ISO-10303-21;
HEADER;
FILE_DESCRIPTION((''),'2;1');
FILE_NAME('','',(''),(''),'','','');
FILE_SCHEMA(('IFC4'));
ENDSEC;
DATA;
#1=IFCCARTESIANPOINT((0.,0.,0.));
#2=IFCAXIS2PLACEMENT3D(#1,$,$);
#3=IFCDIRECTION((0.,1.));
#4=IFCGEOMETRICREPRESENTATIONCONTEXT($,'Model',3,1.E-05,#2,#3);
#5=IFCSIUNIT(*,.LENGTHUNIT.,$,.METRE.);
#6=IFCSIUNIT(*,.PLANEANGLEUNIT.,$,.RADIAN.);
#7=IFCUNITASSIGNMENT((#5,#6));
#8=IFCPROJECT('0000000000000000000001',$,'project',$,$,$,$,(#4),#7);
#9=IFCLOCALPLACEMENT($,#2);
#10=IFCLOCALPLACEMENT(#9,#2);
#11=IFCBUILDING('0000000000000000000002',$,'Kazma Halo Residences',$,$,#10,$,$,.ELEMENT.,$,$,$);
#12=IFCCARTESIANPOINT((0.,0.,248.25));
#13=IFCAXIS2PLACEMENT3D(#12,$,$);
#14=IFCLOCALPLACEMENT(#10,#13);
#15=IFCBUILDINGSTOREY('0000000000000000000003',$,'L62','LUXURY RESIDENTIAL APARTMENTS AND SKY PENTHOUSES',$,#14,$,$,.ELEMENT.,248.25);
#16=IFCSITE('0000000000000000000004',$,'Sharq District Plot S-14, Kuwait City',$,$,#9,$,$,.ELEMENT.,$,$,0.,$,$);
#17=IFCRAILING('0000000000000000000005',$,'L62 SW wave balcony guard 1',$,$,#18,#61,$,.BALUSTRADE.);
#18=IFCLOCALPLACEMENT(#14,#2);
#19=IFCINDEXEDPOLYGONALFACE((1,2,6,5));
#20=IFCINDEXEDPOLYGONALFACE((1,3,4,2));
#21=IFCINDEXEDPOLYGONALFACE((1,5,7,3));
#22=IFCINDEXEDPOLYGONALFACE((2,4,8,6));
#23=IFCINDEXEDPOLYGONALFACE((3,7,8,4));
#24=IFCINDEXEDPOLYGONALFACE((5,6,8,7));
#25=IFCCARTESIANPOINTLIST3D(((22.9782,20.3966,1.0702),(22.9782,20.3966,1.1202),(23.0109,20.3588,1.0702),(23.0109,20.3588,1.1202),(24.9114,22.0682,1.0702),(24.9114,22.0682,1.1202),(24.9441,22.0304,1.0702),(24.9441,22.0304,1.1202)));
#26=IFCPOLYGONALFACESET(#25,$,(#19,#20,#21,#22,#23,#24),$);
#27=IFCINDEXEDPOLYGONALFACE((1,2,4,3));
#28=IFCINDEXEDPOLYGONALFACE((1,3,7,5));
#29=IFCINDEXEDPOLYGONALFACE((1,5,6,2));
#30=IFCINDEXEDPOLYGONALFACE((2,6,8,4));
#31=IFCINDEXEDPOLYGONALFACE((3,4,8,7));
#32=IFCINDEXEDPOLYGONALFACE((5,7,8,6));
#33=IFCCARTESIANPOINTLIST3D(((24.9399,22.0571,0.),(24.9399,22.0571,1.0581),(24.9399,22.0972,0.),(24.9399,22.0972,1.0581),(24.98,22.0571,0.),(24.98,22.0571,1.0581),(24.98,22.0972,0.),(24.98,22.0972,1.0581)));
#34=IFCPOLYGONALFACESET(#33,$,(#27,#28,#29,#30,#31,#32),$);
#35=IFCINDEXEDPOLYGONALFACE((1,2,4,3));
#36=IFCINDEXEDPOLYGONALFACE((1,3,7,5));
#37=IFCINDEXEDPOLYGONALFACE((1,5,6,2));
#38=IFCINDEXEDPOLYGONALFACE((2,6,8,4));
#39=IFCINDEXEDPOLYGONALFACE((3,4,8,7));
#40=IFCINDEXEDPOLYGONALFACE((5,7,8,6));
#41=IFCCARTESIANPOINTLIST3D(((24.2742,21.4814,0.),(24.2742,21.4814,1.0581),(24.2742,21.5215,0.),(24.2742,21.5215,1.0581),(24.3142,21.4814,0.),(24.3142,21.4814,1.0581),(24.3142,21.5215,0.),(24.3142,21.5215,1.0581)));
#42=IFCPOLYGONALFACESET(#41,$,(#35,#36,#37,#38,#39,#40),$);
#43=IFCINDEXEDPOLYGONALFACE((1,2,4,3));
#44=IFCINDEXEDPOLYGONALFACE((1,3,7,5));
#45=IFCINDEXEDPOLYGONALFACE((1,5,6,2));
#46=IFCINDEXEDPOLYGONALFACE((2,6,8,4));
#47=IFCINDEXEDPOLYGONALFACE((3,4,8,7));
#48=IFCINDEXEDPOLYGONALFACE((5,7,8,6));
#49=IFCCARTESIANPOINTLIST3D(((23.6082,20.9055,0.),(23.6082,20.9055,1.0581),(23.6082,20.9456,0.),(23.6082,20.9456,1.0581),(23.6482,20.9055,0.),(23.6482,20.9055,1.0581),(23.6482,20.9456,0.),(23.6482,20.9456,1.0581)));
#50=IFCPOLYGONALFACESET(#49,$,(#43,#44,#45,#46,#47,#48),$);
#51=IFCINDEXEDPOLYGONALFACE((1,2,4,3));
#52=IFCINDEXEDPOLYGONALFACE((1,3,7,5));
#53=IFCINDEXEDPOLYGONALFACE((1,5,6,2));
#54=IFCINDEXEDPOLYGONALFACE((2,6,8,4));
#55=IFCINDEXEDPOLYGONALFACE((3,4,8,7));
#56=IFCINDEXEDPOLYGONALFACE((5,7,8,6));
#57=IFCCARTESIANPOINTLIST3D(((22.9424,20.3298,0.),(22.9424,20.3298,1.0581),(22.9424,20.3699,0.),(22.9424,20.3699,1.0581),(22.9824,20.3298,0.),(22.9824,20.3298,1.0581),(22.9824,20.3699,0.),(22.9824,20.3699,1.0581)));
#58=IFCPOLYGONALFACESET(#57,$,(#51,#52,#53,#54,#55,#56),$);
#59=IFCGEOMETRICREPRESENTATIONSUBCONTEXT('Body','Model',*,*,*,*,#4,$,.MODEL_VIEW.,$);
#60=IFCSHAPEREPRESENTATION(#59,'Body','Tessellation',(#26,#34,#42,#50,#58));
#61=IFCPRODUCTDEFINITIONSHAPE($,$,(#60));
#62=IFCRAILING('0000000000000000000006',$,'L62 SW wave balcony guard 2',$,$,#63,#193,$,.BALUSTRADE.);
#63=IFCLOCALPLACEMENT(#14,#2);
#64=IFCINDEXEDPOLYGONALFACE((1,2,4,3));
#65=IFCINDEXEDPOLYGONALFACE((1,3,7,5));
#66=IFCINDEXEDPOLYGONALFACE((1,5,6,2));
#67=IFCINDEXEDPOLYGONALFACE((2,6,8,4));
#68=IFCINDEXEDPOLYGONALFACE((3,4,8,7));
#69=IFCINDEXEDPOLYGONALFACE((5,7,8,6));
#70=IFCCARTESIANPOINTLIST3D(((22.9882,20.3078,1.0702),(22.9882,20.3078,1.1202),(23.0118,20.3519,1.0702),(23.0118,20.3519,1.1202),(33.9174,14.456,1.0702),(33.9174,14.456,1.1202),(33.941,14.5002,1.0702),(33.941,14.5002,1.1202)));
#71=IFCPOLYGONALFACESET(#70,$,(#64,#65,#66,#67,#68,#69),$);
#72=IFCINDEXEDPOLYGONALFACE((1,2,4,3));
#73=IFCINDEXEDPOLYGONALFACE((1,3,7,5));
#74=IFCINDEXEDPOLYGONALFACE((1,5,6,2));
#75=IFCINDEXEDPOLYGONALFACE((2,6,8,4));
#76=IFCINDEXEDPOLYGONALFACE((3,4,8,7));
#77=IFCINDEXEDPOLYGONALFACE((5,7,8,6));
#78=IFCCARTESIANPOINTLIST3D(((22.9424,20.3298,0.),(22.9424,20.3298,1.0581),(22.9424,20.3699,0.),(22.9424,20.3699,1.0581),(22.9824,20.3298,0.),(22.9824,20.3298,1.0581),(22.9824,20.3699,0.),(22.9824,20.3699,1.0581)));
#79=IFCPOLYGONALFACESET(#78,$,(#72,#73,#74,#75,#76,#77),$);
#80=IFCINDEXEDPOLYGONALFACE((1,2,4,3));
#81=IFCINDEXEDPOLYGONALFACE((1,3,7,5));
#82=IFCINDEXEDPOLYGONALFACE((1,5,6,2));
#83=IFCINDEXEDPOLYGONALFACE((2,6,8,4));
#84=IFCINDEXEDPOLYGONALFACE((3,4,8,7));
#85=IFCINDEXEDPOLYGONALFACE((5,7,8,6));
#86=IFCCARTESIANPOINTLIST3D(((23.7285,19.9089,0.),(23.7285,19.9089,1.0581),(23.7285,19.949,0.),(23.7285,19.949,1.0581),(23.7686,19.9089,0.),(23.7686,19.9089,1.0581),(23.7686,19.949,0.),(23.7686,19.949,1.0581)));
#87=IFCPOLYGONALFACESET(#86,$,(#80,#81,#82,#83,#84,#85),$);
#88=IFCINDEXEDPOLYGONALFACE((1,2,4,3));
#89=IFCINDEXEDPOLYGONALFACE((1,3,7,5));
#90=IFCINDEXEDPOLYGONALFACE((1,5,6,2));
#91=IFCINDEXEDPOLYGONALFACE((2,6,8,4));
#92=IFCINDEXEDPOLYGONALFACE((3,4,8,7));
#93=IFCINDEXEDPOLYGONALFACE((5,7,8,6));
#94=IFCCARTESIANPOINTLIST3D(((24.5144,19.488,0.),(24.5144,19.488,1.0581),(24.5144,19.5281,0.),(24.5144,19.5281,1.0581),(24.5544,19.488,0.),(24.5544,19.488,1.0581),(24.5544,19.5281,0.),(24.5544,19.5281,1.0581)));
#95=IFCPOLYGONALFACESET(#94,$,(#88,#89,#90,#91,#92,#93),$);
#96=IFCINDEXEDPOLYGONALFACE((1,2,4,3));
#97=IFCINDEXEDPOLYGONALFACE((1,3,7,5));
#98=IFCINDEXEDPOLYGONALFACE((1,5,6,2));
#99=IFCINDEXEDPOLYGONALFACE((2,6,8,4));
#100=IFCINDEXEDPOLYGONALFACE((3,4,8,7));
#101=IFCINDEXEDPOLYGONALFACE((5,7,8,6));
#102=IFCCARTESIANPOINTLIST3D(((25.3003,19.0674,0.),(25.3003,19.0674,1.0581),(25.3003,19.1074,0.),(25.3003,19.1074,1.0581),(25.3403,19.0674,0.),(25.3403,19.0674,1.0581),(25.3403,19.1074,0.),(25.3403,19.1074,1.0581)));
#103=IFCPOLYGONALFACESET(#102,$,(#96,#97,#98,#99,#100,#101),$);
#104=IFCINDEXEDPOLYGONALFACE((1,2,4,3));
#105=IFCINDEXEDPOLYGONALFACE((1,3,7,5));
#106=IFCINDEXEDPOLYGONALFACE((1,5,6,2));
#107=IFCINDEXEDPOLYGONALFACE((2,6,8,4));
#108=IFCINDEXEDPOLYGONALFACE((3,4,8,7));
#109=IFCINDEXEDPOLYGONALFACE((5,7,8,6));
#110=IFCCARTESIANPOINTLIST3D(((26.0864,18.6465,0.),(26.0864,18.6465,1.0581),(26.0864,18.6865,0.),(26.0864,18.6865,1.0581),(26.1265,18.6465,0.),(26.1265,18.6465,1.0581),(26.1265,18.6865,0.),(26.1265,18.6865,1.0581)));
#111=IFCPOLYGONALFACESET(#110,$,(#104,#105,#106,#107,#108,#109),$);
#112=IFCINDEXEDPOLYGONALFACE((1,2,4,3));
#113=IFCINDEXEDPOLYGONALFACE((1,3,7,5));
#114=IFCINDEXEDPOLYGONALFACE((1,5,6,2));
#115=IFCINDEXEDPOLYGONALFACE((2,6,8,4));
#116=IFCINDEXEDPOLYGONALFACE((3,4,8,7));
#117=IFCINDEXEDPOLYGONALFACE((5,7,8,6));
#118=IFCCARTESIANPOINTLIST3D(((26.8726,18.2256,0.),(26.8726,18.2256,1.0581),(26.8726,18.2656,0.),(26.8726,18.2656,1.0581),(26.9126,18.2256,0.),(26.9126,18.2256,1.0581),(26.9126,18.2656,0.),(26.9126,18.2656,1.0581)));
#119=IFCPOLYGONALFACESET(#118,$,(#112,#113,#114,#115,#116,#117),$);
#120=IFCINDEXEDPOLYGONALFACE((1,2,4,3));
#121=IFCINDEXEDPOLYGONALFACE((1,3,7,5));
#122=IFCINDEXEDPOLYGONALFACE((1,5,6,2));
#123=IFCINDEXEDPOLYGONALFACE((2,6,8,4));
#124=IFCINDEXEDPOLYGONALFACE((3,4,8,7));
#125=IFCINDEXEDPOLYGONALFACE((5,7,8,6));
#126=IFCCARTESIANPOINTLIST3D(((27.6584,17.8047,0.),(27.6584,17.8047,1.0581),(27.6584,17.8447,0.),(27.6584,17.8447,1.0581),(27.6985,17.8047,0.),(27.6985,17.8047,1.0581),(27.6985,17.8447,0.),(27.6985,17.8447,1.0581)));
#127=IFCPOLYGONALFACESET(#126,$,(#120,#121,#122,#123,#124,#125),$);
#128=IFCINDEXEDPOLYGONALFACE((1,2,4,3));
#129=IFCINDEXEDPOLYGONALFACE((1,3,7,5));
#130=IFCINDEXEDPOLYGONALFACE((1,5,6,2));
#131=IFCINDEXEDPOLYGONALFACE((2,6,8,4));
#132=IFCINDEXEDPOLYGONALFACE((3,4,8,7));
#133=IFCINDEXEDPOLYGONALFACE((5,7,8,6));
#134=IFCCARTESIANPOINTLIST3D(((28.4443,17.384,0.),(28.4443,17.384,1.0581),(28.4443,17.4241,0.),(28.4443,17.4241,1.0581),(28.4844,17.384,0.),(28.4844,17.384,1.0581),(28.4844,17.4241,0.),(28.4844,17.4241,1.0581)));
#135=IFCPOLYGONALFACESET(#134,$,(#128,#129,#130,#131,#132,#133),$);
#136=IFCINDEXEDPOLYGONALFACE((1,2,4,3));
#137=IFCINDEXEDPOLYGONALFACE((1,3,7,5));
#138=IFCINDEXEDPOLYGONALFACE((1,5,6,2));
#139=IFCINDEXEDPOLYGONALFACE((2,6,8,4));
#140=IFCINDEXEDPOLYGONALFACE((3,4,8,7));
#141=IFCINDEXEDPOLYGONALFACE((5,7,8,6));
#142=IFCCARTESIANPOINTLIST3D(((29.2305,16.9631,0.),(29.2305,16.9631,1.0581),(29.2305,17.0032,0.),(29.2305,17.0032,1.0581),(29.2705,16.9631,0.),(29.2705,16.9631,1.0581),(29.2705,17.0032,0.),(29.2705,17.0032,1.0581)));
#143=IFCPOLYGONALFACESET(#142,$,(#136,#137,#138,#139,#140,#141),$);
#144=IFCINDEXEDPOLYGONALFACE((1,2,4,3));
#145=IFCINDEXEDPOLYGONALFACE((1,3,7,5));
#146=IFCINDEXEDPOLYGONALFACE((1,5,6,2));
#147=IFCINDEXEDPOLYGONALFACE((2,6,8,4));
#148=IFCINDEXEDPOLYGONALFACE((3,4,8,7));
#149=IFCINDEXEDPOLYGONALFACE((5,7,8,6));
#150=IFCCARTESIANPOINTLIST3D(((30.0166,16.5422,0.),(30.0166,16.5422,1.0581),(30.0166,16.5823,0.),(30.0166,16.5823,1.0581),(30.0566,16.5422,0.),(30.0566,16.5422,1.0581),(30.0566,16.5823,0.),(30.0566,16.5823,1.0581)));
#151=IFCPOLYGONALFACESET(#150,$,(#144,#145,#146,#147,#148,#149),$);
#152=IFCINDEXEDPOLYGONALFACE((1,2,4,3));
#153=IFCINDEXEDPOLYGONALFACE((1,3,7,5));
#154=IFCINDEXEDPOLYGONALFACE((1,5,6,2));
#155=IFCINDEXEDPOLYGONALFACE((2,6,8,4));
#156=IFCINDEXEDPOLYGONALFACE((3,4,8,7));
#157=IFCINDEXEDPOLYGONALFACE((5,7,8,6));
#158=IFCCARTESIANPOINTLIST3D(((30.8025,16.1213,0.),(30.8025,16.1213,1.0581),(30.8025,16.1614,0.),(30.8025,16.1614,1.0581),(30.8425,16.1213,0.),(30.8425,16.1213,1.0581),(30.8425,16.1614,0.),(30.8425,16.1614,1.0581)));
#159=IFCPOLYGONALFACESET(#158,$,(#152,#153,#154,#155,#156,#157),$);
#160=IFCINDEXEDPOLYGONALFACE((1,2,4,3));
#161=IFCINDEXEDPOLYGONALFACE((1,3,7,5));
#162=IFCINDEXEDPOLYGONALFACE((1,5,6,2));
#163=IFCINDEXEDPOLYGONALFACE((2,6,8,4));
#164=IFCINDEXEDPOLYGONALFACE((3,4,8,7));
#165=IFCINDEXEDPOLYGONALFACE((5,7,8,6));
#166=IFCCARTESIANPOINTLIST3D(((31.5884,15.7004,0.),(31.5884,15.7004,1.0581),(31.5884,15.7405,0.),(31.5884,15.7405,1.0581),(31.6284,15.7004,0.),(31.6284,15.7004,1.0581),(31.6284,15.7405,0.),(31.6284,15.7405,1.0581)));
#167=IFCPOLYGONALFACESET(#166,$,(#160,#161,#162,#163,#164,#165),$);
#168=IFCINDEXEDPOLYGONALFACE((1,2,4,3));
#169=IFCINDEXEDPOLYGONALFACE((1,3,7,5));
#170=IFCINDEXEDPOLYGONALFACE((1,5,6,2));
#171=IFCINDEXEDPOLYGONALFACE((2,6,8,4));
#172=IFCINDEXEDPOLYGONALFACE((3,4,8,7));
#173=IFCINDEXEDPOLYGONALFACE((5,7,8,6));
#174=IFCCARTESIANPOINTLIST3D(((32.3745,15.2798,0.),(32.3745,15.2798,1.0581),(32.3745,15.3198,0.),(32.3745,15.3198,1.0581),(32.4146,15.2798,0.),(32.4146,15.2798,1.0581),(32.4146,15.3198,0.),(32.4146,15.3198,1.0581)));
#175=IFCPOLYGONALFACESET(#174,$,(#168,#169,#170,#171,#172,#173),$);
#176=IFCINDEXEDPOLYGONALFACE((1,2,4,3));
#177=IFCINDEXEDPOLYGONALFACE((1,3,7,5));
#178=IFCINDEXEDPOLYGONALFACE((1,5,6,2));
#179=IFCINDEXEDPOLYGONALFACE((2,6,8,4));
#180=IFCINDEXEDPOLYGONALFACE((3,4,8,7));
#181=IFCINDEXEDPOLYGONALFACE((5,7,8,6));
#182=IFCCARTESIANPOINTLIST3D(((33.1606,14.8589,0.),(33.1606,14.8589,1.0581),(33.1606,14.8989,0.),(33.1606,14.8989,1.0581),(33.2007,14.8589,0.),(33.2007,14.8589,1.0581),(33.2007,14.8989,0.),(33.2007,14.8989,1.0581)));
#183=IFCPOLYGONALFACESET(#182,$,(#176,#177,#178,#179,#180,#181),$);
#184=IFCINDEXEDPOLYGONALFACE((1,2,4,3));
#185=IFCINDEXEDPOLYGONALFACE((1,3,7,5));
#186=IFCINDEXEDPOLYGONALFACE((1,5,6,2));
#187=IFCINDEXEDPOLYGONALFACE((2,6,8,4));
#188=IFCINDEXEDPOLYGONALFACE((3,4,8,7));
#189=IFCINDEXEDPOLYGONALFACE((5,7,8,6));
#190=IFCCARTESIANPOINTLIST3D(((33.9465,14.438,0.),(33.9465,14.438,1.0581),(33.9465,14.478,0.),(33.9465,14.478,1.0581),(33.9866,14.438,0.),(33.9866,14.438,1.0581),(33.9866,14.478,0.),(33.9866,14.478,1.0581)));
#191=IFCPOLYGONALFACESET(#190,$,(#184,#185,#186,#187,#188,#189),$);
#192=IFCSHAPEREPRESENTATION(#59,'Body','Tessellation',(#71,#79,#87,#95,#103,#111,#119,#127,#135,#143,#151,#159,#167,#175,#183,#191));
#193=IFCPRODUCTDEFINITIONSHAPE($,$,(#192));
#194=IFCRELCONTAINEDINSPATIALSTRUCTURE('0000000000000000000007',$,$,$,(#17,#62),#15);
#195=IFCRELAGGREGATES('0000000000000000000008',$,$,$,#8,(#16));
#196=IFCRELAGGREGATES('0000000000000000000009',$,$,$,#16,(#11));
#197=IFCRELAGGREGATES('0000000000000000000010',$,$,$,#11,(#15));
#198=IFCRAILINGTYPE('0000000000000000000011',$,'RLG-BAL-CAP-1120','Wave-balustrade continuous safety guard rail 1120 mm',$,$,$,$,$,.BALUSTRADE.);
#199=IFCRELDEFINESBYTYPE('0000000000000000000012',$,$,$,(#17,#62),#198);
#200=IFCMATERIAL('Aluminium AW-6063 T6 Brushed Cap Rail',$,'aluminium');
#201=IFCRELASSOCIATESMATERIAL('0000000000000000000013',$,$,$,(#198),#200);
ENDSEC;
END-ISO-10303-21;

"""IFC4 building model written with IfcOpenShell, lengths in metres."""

from ifc_helpers import new_model, si_unit, direction, frame, origin, origin_2d, place, context, subcontext, project, spatial, rectangle, extrude, material, type_object, element, save


model = new_model("IFC4")

# Units and contexts
model_context = context("Model", 3, precision=1e-05, world=origin(), true_north=direction((0.0, 1.0)))
body_context = subcontext(model_context, "Body", "Model", "MODEL_VIEW")
ifc_project = project(units=[si_unit("LENGTHUNIT", "METRE"), si_unit("PLANEANGLEUNIT", "RADIAN")], contexts=[model_context])

# Site, building, storey
site_placement = place(None, origin())
site = spatial("IfcSite", under=ifc_project, at=site_placement, Name="Sharq District Plot S-14, Kuwait City", CompositionType="ELEMENT", RefElevation=0.0)
building_placement = place(site_placement, origin())
building = spatial("IfcBuilding", under=site, at=building_placement, Name="Kazma Halo Residences", CompositionType="ELEMENT")
storey_placement = place(building_placement, frame((0.0, 0.0, 248.25)))
storey = spatial("IfcBuildingStorey", under=building, at=storey_placement, Name="L62", Description="LUXURY RESIDENTIAL APARTMENTS AND SKY PENTHOUSES", CompositionType="ELEMENT", Elevation=248.25)

# Railings
ifc_material_1 = material(Name="Aluminium AW-6063 T6 Brushed Cap Rail", Category="aluminium")
railing_type = type_object("IfcRailingType", Name="RLG-BAL-CAP-1120", Description="Wave-balustrade continuous safety guard rail 1120 mm", PredefinedType="BALUSTRADE", material=ifc_material_1)
railing_1_placement = place(storey_placement, frame((24.96, 22.0771, 0.0)))
element("IfcRailing", 1, at=railing_1_placement, inside=storey, type_object=railing_type, Name="L62 SW wave balcony guard 1", PredefinedType="BALUSTRADE", context=body_context, shape_type="SweptSolid", body=[
    extrude(rectangle(XDim=0.05, YDim=0.05, at=origin_2d()), frame((-0.0322, -0.0278, 1.0952), z_axis=(-0.756424, -0.654082, 0.0), x_axis=(0.654082, -0.756424, 0.0)), (0.0, 0.0, 1.0), 2.5557),
    extrude(rectangle(XDim=0.04, YDim=0.04, at=origin_2d()), origin(), (0.0, 0.0, 1.0), 1.0581),
    extrude(rectangle(XDim=0.04, YDim=0.04, at=origin_2d()), frame((-0.6658, -0.5757, 0.0)), (0.0, 0.0, 1.0), 1.0581),
    extrude(rectangle(XDim=0.04, YDim=0.04, at=origin_2d()), frame((-1.3318, -1.1516, 0.0)), (0.0, 0.0, 1.0), 1.0581),
    extrude(rectangle(XDim=0.04, YDim=0.04, at=origin_2d()), frame((-1.9976, -1.7273, 0.0)), (0.0, 0.0, 1.0), 1.0581),
])
railing_2_placement = place(storey_placement, frame((22.9624, 20.3499, 0.0)))
element("IfcRailing", 2, at=railing_2_placement, inside=storey, type_object=railing_type, Name="L62 SW wave balcony guard 2", PredefinedType="BALUSTRADE", context=body_context, shape_type="SweptSolid", body=[
    extrude(rectangle(XDim=0.05, YDim=0.05, at=origin_2d()), frame((0.0376, -0.02, 1.0952), z_axis=(0.881588, -0.47202, 0.0), x_axis=(0.47202, 0.881588, 0.0)), (0.0, 0.0, 1.0), 12.3972),
    extrude(rectangle(XDim=0.04, YDim=0.04, at=origin_2d()), origin(), (0.0, 0.0, 1.0), 1.0581),
    extrude(rectangle(XDim=0.04, YDim=0.04, at=origin_2d()), frame((0.7861, -0.4209, 0.0)), (0.0, 0.0, 1.0), 1.0581),
    extrude(rectangle(XDim=0.04, YDim=0.04, at=origin_2d()), frame((1.572, -0.8418, 0.0)), (0.0, 0.0, 1.0), 1.0581),
    extrude(rectangle(XDim=0.04, YDim=0.04, at=origin_2d()), frame((2.3579, -1.2625, 0.0)), (0.0, 0.0, 1.0), 1.0581),
    extrude(rectangle(XDim=0.04, YDim=0.04, at=origin_2d()), frame((3.144, -1.6833, 0.0)), (0.0, 0.0, 1.0), 1.0581),
    extrude(rectangle(XDim=0.04, YDim=0.04, at=origin_2d()), frame((3.9302, -2.1042, 0.0)), (0.0, 0.0, 1.0), 1.0581),
    extrude(rectangle(XDim=0.04, YDim=0.04, at=origin_2d()), frame((4.7161, -2.5251, 0.0)), (0.0, 0.0, 1.0), 1.0581),
    extrude(rectangle(XDim=0.04, YDim=0.04, at=origin_2d()), frame((5.502, -2.9458, 0.0)), (0.0, 0.0, 1.0), 1.0581),
    extrude(rectangle(XDim=0.04, YDim=0.04, at=origin_2d()), frame((6.2881, -3.3667, 0.0)), (0.0, 0.0, 1.0), 1.0581),
    extrude(rectangle(XDim=0.04, YDim=0.04, at=origin_2d()), frame((7.0742, -3.7876, 0.0)), (0.0, 0.0, 1.0), 1.0581),
    extrude(rectangle(XDim=0.04, YDim=0.04, at=origin_2d()), frame((7.8601, -4.2085, 0.0)), (0.0, 0.0, 1.0), 1.0581),
    extrude(rectangle(XDim=0.04, YDim=0.04, at=origin_2d()), frame((8.646, -4.6294, 0.0)), (0.0, 0.0, 1.0), 1.0581),
    extrude(rectangle(XDim=0.04, YDim=0.04, at=origin_2d()), frame((9.4321, -5.05, 0.0)), (0.0, 0.0, 1.0), 1.0581),
    extrude(rectangle(XDim=0.04, YDim=0.04, at=origin_2d()), frame((10.2183, -5.4709, 0.0)), (0.0, 0.0, 1.0), 1.0581),
    extrude(rectangle(XDim=0.04, YDim=0.04, at=origin_2d()), frame((11.0042, -5.8918, 0.0)), (0.0, 0.0, 1.0), 1.0581),
])

save(model, "model.ifc")
